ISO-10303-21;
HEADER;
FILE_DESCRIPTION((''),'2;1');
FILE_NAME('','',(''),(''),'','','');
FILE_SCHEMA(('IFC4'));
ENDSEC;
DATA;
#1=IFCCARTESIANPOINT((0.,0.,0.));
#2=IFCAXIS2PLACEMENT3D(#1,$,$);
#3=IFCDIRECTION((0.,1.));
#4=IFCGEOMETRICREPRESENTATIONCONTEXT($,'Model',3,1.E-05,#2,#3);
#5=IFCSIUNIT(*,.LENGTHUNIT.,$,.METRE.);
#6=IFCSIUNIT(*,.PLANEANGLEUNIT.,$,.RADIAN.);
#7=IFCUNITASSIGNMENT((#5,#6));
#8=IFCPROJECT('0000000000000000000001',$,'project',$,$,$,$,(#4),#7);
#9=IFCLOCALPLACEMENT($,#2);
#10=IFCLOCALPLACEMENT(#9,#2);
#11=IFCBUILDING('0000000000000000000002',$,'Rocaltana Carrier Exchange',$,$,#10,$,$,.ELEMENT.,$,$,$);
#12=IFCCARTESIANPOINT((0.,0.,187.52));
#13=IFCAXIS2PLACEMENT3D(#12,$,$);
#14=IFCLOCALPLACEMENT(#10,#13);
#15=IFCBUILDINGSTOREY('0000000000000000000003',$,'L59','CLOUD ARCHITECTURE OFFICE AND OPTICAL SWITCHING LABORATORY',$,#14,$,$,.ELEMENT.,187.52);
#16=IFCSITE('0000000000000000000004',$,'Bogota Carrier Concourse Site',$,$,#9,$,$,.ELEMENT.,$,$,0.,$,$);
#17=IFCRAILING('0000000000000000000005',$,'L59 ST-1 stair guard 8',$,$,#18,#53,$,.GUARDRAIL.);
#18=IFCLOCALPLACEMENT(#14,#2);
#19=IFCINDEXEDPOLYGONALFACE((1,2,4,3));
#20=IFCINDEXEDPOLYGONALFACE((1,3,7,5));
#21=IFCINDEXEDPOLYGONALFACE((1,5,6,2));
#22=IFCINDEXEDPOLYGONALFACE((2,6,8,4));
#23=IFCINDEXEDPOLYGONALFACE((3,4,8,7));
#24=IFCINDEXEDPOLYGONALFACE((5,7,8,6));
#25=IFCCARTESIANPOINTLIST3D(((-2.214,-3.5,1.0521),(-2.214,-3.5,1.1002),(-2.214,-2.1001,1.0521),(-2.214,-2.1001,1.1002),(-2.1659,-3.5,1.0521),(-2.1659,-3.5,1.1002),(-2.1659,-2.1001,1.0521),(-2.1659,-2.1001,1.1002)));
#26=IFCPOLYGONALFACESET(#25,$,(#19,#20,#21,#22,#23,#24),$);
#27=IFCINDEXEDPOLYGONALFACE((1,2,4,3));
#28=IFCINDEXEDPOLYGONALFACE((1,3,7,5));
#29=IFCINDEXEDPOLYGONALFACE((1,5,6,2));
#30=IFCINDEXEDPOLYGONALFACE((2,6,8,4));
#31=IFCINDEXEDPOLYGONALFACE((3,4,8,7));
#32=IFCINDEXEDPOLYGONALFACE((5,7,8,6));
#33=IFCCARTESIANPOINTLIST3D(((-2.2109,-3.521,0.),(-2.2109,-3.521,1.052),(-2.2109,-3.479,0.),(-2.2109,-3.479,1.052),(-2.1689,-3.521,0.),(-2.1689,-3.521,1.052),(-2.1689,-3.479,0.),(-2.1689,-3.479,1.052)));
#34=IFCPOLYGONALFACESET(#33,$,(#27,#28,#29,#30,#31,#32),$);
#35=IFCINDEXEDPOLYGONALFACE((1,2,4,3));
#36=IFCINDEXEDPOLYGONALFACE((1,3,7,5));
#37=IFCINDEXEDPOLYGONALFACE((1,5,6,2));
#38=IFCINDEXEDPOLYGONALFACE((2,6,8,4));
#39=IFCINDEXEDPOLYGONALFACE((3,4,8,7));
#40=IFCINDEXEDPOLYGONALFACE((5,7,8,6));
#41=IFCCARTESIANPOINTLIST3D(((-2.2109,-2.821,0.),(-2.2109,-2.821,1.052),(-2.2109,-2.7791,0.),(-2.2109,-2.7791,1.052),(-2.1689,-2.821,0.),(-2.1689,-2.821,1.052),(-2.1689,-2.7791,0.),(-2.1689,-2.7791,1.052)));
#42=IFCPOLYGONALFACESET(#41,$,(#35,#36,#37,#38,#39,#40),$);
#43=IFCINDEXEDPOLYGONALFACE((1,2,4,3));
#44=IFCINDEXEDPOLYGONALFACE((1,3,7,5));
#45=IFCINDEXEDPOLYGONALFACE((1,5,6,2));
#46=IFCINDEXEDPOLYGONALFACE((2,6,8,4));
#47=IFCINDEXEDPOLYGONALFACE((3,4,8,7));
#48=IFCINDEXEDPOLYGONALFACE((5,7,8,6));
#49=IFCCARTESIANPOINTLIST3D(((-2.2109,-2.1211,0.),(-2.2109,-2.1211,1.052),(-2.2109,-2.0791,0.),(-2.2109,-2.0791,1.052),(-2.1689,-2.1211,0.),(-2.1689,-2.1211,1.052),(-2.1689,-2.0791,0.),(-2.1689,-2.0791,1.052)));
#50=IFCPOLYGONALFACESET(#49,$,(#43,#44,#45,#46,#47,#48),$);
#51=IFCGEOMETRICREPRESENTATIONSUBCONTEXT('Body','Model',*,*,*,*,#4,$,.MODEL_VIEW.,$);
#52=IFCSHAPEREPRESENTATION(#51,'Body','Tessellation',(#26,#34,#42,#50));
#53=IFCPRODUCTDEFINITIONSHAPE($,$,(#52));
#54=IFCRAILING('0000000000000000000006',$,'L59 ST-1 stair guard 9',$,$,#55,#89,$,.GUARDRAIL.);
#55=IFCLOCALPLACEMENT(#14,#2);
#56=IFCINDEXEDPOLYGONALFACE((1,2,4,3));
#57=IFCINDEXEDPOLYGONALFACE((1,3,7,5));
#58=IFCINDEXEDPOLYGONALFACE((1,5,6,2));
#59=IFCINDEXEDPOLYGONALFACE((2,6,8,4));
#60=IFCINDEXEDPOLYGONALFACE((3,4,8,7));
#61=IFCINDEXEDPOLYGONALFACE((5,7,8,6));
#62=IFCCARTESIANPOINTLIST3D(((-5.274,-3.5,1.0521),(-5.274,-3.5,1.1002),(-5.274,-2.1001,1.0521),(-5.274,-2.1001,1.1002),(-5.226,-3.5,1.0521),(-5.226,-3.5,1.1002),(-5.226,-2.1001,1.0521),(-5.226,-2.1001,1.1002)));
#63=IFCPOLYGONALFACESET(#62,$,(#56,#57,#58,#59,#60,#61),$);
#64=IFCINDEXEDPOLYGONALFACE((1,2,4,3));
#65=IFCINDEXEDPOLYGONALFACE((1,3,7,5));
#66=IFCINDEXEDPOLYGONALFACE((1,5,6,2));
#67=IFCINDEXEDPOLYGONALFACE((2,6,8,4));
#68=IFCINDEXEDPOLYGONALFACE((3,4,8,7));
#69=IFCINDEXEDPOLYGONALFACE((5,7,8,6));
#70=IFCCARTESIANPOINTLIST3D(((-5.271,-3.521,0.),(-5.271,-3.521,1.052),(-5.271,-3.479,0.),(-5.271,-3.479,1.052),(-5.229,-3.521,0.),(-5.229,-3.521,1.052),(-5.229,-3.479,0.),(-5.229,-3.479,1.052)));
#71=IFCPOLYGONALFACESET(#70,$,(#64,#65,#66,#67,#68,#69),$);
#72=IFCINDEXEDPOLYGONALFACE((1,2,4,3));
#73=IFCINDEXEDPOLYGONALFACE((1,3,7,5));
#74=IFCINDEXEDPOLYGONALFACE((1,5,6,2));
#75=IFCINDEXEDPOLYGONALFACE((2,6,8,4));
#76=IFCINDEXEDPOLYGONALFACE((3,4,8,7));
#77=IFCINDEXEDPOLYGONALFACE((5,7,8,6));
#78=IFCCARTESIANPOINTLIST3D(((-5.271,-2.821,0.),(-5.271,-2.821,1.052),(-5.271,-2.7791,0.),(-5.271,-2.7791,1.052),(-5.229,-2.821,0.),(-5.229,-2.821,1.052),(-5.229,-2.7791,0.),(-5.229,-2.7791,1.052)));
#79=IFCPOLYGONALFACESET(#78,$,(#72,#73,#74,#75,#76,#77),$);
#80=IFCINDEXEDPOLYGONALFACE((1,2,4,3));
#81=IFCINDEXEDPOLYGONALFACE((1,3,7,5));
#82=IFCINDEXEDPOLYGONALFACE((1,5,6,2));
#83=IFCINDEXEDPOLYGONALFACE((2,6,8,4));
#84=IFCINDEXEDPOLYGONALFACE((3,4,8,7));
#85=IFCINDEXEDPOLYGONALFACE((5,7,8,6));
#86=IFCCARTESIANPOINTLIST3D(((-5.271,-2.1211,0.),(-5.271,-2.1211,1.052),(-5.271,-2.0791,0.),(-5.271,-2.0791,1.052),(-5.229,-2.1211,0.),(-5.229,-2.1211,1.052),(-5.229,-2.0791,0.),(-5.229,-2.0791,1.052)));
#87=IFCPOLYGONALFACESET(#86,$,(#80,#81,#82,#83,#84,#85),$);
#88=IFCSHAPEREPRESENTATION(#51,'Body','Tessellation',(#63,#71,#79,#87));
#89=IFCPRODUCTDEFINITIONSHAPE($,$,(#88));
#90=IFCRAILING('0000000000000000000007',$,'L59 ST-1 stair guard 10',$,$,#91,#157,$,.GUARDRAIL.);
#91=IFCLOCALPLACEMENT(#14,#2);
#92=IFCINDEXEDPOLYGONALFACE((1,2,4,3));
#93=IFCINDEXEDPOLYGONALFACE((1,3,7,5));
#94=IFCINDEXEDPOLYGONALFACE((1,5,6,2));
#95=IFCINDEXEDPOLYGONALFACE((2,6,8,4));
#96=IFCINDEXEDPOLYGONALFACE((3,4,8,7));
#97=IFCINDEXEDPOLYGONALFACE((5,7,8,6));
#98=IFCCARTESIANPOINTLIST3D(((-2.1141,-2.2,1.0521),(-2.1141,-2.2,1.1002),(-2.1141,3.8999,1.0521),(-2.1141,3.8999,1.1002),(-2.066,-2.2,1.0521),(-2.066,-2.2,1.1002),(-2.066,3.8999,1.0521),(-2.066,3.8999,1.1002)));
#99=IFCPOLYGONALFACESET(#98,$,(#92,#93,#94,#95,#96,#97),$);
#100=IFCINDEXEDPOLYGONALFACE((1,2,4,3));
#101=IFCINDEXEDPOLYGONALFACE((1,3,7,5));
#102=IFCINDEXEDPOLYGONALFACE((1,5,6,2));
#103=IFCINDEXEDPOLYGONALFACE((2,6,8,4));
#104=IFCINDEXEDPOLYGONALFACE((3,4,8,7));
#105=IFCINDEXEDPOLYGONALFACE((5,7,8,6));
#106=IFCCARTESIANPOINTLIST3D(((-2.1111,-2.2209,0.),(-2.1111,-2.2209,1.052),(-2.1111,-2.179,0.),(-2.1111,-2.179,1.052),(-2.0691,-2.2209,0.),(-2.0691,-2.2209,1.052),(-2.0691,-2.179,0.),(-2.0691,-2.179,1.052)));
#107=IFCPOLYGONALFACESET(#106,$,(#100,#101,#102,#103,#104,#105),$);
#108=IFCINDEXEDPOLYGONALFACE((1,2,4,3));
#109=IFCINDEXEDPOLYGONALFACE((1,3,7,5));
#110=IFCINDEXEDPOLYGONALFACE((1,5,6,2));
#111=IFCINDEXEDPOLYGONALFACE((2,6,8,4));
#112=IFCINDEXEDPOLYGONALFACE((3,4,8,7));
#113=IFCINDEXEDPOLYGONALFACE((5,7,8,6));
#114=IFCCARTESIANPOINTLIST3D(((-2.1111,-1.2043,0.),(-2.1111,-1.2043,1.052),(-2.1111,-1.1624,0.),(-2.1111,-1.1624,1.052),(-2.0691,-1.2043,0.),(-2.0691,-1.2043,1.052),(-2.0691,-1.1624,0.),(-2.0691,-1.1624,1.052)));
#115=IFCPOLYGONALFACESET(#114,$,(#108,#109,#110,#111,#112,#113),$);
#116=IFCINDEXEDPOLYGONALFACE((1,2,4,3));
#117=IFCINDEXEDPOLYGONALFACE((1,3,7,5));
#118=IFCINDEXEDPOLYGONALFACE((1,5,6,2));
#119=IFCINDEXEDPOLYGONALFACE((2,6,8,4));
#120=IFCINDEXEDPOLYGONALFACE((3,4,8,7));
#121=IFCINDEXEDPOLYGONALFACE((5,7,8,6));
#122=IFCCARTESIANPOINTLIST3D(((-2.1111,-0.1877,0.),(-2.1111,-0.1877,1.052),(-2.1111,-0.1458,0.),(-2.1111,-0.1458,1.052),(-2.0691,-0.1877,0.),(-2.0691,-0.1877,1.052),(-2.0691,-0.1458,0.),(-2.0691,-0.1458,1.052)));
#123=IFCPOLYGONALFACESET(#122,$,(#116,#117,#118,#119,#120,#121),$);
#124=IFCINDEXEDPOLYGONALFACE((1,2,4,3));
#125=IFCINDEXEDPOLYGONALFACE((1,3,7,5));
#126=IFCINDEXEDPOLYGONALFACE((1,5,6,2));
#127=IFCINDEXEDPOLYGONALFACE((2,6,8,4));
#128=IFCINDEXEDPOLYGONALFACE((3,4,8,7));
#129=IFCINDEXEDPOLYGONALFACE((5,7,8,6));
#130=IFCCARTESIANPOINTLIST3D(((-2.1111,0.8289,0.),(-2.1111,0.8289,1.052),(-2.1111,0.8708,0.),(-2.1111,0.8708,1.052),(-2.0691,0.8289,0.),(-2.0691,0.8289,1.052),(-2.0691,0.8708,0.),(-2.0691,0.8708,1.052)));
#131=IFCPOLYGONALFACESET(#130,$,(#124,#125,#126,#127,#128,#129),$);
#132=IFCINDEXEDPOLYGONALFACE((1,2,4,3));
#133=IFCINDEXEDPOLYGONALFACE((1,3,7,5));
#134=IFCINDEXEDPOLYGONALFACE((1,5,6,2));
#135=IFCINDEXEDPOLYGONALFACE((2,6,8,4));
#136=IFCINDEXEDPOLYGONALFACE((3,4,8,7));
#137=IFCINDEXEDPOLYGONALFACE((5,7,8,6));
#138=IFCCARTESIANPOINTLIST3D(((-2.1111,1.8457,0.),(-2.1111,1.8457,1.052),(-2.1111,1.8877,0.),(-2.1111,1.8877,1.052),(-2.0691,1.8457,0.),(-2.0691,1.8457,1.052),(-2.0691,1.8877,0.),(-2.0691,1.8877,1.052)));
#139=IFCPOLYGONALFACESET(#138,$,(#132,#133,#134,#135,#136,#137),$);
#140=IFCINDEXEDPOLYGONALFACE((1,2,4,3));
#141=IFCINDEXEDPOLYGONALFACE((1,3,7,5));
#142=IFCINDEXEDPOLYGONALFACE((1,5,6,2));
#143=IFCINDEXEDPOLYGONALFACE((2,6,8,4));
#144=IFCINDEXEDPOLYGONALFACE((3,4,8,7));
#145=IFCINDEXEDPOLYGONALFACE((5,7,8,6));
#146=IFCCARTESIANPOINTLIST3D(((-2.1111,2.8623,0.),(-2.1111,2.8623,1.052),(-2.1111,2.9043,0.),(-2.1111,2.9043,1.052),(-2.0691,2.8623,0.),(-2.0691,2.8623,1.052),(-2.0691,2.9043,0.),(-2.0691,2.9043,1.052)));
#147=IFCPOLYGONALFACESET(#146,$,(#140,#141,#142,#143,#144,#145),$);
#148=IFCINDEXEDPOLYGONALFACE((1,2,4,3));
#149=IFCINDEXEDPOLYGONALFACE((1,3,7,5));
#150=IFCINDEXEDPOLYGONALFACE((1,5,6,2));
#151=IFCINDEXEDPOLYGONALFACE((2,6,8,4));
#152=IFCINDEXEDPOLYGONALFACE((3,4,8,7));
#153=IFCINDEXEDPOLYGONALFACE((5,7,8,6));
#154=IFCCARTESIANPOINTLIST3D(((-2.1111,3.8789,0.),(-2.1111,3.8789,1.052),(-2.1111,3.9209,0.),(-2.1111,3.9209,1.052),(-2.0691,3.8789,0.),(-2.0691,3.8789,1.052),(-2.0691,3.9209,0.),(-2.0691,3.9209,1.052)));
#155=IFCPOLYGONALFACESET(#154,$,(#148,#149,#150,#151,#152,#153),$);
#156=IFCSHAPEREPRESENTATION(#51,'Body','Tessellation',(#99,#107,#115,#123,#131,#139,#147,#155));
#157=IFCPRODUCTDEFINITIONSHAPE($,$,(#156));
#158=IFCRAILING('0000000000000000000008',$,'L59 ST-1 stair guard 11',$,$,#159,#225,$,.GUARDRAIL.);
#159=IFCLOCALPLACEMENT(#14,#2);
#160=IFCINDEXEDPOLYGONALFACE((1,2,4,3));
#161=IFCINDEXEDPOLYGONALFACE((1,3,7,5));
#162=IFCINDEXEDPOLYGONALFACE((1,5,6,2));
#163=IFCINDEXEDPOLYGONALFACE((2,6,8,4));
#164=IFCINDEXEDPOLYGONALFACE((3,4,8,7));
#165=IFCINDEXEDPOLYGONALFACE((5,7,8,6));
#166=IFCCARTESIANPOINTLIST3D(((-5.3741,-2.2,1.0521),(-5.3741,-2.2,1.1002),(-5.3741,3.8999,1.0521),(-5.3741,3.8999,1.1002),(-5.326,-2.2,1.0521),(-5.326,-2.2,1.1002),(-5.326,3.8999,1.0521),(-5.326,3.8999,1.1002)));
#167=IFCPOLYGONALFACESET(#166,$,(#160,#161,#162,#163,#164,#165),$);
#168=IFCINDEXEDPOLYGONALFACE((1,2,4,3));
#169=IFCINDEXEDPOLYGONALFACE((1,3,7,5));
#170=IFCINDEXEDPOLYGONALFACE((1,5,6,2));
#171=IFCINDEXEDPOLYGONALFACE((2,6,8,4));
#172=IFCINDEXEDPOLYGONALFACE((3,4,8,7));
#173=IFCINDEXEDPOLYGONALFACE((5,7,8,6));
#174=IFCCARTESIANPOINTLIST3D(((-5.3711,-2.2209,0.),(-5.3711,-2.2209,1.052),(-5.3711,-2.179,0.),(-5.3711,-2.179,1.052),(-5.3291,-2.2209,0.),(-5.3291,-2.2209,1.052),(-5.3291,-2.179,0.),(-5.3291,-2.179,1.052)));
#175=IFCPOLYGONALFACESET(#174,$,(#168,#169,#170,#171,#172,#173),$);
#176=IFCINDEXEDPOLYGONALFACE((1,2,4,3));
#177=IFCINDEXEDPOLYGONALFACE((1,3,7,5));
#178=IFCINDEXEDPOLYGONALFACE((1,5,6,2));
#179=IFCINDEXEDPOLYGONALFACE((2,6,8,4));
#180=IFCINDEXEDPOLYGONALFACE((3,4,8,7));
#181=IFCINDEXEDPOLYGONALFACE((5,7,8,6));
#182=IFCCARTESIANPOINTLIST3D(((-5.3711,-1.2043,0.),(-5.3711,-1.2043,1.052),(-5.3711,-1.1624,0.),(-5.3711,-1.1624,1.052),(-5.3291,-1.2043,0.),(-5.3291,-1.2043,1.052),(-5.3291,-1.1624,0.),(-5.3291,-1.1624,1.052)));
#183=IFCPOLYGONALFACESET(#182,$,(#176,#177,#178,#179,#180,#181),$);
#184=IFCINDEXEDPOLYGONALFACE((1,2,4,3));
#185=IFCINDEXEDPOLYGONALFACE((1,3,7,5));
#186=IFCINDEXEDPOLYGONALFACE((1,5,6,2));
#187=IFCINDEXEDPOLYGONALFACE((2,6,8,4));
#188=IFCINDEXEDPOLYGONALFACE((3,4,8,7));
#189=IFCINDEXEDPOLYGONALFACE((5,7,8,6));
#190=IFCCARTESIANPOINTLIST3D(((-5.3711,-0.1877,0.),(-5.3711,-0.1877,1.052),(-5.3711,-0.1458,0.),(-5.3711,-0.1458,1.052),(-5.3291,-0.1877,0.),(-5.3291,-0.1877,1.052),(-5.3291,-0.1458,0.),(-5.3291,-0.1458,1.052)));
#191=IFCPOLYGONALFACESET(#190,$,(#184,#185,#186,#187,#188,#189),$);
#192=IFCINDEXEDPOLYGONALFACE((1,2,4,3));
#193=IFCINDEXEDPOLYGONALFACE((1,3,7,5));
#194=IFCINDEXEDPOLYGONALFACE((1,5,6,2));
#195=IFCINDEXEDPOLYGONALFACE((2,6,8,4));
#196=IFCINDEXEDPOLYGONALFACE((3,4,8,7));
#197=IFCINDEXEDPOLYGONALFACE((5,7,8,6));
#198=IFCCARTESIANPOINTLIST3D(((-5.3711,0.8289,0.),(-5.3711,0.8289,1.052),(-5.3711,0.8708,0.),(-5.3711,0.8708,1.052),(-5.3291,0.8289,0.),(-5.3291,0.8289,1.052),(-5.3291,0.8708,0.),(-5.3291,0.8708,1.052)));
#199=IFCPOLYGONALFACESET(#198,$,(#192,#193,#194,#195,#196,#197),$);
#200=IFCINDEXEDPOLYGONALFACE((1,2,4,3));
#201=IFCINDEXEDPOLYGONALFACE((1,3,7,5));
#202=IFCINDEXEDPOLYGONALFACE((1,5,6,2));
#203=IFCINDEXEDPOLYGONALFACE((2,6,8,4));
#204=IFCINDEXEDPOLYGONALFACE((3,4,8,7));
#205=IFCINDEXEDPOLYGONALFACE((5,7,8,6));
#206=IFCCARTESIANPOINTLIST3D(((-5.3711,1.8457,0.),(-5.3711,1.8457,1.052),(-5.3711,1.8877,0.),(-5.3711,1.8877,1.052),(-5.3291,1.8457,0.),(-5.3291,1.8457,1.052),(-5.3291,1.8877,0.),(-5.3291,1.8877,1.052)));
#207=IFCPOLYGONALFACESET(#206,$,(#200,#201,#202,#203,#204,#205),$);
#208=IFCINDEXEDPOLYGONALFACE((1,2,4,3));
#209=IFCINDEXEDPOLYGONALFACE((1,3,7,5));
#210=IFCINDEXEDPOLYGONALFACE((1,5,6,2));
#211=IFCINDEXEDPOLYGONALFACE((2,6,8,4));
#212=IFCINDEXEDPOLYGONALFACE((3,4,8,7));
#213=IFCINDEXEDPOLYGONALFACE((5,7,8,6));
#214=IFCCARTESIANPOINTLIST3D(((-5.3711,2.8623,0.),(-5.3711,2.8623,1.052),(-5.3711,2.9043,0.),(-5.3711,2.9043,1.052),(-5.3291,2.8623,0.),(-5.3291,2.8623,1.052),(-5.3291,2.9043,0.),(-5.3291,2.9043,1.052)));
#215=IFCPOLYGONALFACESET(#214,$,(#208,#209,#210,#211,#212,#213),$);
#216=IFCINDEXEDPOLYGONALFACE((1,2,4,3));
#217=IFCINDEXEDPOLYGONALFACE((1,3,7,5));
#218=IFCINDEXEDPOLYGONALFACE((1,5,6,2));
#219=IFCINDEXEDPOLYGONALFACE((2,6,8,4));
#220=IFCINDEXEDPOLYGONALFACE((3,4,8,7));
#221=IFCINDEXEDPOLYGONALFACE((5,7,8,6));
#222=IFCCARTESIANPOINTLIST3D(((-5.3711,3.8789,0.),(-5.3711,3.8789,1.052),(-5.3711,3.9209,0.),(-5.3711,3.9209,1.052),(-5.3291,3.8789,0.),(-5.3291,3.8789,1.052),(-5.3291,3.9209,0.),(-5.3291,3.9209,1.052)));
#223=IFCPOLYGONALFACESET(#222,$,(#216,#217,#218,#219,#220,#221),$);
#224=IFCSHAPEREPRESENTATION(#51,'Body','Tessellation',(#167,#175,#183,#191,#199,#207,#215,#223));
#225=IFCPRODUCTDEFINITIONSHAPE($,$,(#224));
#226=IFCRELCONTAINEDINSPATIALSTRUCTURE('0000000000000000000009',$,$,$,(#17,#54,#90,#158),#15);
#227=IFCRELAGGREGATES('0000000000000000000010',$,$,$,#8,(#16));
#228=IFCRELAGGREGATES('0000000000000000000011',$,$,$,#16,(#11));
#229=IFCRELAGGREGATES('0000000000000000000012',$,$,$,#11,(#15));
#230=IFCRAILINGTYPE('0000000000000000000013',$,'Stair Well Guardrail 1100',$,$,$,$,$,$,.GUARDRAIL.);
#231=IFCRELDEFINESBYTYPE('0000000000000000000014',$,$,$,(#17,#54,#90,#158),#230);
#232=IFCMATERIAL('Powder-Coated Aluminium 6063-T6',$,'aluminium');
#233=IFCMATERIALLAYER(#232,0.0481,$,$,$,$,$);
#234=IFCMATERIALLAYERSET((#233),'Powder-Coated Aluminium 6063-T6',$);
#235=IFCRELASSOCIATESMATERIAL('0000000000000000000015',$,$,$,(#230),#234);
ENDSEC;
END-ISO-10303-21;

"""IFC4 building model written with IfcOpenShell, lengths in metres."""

from ifc_helpers import new_model, si_unit, direction, frame, origin, origin_2d, place, context, subcontext, project, spatial, rectangle, extrude, material, layer, layer_set, type_object, element, save


model = new_model("IFC4")

# Units and contexts
model_context = context("Model", 3, precision=1e-05, world=origin(), true_north=direction((0.0, 1.0)))
body_context = subcontext(model_context, "Body", "Model", "MODEL_VIEW")
ifc_project = project(units=[si_unit("LENGTHUNIT", "METRE"), si_unit("PLANEANGLEUNIT", "RADIAN")], contexts=[model_context])

# Site, building, storey
site_placement = place(None, origin())
site = spatial("IfcSite", under=ifc_project, at=site_placement, Name="Bogota Carrier Concourse Site", CompositionType="ELEMENT", RefElevation=0.0)
building_placement = place(site_placement, origin())
building = spatial("IfcBuilding", under=site, at=building_placement, Name="Rocaltana Carrier Exchange", CompositionType="ELEMENT")
storey_placement = place(building_placement, frame((0.0, 0.0, 187.52)))
storey = spatial("IfcBuildingStorey", under=building, at=storey_placement, Name="L59", Description="CLOUD ARCHITECTURE OFFICE AND OPTICAL SWITCHING LABORATORY", CompositionType="ELEMENT", Elevation=187.52)

# Railings
ifc_material_1 = material(Name="Powder-Coated Aluminium 6063-T6", Category="aluminium")
ifc_layer_1 = layer(ifc_material_1, 0.0481)
ifc_layer_set_1 = layer_set([ifc_layer_1], Name="Powder-Coated Aluminium 6063-T6")
railing_type_1 = type_object("IfcRailingType", Name="Stair Well Guardrail 1100", PredefinedType="GUARDRAIL", material=ifc_layer_set_1)
for number, where, name in (
    (1, (-2.1899, -3.5, 0.0), "L59 ST-1 stair guard 8"),
    (2, (-5.25, -3.5, 0.0), "L59 ST-1 stair guard 9"),
):
    element("IfcRailing", number, at=place(storey_placement, frame(where)), inside=storey, type_object=railing_type_1, Name=name, PredefinedType="GUARDRAIL", context=body_context, shape_type="SweptSolid", body=[
        extrude(rectangle(XDim=0.0481, YDim=0.0481, at=origin_2d()), frame((0.0, 0.0, 1.0762), z_axis=(0.0, 1.0, 0.0), x_axis=(-1.0, 0.0, 0.0)), (0.0, 0.0, 1.0), 1.3999),
        extrude(rectangle(XDim=0.042, YDim=0.042, at=origin_2d()), origin(), (0.0, 0.0, 1.0), 1.052),
        extrude(rectangle(XDim=0.042, YDim=0.042, at=origin_2d()), frame((0.0, 0.7, 0.0)), (0.0, 0.0, 1.0), 1.052),
        extrude(rectangle(XDim=0.042, YDim=0.042, at=origin_2d()), frame((0.0, 1.3999, 0.0)), (0.0, 0.0, 1.0), 1.052),
    ])
for number, where, name in (
    (3, (-2.0901, -2.2, 0.0), "L59 ST-1 stair guard 10"),
    (4, (-5.3501, -2.2, 0.0), "L59 ST-1 stair guard 11"),
):
    element("IfcRailing", number, at=place(storey_placement, frame(where)), inside=storey, type_object=railing_type_1, Name=name, PredefinedType="GUARDRAIL", context=body_context, shape_type="SweptSolid", body=[
        extrude(rectangle(XDim=0.0481, YDim=0.0481, at=origin_2d()), frame((0.0, 0.0, 1.0762), z_axis=(0.0, 1.0, 0.0), x_axis=(-1.0, 0.0, 0.0)), (0.0, 0.0, 1.0), 6.0999),
        extrude(rectangle(XDim=0.042, YDim=0.042, at=origin_2d()), origin(), (0.0, 0.0, 1.0), 1.052),
        extrude(rectangle(XDim=0.042, YDim=0.042, at=origin_2d()), frame((0.0, 1.0166, 0.0)), (0.0, 0.0, 1.0), 1.052),
        extrude(rectangle(XDim=0.042, YDim=0.042, at=origin_2d()), frame((0.0, 2.0332, 0.0)), (0.0, 0.0, 1.0), 1.052),
        extrude(rectangle(XDim=0.042, YDim=0.042, at=origin_2d()), frame((0.0, 3.0498, 0.0)), (0.0, 0.0, 1.0), 1.052),
        extrude(rectangle(XDim=0.042, YDim=0.042, at=origin_2d()), frame((0.0, 4.0667, 0.0)), (0.0, 0.0, 1.0), 1.052),
        extrude(rectangle(XDim=0.042, YDim=0.042, at=origin_2d()), frame((0.0, 5.0833, 0.0)), (0.0, 0.0, 1.0), 1.052),
        extrude(rectangle(XDim=0.042, YDim=0.042, at=origin_2d()), frame((0.0, 6.0999, 0.0)), (0.0, 0.0, 1.0), 1.052),
    ])

save(model, "model.ifc")
